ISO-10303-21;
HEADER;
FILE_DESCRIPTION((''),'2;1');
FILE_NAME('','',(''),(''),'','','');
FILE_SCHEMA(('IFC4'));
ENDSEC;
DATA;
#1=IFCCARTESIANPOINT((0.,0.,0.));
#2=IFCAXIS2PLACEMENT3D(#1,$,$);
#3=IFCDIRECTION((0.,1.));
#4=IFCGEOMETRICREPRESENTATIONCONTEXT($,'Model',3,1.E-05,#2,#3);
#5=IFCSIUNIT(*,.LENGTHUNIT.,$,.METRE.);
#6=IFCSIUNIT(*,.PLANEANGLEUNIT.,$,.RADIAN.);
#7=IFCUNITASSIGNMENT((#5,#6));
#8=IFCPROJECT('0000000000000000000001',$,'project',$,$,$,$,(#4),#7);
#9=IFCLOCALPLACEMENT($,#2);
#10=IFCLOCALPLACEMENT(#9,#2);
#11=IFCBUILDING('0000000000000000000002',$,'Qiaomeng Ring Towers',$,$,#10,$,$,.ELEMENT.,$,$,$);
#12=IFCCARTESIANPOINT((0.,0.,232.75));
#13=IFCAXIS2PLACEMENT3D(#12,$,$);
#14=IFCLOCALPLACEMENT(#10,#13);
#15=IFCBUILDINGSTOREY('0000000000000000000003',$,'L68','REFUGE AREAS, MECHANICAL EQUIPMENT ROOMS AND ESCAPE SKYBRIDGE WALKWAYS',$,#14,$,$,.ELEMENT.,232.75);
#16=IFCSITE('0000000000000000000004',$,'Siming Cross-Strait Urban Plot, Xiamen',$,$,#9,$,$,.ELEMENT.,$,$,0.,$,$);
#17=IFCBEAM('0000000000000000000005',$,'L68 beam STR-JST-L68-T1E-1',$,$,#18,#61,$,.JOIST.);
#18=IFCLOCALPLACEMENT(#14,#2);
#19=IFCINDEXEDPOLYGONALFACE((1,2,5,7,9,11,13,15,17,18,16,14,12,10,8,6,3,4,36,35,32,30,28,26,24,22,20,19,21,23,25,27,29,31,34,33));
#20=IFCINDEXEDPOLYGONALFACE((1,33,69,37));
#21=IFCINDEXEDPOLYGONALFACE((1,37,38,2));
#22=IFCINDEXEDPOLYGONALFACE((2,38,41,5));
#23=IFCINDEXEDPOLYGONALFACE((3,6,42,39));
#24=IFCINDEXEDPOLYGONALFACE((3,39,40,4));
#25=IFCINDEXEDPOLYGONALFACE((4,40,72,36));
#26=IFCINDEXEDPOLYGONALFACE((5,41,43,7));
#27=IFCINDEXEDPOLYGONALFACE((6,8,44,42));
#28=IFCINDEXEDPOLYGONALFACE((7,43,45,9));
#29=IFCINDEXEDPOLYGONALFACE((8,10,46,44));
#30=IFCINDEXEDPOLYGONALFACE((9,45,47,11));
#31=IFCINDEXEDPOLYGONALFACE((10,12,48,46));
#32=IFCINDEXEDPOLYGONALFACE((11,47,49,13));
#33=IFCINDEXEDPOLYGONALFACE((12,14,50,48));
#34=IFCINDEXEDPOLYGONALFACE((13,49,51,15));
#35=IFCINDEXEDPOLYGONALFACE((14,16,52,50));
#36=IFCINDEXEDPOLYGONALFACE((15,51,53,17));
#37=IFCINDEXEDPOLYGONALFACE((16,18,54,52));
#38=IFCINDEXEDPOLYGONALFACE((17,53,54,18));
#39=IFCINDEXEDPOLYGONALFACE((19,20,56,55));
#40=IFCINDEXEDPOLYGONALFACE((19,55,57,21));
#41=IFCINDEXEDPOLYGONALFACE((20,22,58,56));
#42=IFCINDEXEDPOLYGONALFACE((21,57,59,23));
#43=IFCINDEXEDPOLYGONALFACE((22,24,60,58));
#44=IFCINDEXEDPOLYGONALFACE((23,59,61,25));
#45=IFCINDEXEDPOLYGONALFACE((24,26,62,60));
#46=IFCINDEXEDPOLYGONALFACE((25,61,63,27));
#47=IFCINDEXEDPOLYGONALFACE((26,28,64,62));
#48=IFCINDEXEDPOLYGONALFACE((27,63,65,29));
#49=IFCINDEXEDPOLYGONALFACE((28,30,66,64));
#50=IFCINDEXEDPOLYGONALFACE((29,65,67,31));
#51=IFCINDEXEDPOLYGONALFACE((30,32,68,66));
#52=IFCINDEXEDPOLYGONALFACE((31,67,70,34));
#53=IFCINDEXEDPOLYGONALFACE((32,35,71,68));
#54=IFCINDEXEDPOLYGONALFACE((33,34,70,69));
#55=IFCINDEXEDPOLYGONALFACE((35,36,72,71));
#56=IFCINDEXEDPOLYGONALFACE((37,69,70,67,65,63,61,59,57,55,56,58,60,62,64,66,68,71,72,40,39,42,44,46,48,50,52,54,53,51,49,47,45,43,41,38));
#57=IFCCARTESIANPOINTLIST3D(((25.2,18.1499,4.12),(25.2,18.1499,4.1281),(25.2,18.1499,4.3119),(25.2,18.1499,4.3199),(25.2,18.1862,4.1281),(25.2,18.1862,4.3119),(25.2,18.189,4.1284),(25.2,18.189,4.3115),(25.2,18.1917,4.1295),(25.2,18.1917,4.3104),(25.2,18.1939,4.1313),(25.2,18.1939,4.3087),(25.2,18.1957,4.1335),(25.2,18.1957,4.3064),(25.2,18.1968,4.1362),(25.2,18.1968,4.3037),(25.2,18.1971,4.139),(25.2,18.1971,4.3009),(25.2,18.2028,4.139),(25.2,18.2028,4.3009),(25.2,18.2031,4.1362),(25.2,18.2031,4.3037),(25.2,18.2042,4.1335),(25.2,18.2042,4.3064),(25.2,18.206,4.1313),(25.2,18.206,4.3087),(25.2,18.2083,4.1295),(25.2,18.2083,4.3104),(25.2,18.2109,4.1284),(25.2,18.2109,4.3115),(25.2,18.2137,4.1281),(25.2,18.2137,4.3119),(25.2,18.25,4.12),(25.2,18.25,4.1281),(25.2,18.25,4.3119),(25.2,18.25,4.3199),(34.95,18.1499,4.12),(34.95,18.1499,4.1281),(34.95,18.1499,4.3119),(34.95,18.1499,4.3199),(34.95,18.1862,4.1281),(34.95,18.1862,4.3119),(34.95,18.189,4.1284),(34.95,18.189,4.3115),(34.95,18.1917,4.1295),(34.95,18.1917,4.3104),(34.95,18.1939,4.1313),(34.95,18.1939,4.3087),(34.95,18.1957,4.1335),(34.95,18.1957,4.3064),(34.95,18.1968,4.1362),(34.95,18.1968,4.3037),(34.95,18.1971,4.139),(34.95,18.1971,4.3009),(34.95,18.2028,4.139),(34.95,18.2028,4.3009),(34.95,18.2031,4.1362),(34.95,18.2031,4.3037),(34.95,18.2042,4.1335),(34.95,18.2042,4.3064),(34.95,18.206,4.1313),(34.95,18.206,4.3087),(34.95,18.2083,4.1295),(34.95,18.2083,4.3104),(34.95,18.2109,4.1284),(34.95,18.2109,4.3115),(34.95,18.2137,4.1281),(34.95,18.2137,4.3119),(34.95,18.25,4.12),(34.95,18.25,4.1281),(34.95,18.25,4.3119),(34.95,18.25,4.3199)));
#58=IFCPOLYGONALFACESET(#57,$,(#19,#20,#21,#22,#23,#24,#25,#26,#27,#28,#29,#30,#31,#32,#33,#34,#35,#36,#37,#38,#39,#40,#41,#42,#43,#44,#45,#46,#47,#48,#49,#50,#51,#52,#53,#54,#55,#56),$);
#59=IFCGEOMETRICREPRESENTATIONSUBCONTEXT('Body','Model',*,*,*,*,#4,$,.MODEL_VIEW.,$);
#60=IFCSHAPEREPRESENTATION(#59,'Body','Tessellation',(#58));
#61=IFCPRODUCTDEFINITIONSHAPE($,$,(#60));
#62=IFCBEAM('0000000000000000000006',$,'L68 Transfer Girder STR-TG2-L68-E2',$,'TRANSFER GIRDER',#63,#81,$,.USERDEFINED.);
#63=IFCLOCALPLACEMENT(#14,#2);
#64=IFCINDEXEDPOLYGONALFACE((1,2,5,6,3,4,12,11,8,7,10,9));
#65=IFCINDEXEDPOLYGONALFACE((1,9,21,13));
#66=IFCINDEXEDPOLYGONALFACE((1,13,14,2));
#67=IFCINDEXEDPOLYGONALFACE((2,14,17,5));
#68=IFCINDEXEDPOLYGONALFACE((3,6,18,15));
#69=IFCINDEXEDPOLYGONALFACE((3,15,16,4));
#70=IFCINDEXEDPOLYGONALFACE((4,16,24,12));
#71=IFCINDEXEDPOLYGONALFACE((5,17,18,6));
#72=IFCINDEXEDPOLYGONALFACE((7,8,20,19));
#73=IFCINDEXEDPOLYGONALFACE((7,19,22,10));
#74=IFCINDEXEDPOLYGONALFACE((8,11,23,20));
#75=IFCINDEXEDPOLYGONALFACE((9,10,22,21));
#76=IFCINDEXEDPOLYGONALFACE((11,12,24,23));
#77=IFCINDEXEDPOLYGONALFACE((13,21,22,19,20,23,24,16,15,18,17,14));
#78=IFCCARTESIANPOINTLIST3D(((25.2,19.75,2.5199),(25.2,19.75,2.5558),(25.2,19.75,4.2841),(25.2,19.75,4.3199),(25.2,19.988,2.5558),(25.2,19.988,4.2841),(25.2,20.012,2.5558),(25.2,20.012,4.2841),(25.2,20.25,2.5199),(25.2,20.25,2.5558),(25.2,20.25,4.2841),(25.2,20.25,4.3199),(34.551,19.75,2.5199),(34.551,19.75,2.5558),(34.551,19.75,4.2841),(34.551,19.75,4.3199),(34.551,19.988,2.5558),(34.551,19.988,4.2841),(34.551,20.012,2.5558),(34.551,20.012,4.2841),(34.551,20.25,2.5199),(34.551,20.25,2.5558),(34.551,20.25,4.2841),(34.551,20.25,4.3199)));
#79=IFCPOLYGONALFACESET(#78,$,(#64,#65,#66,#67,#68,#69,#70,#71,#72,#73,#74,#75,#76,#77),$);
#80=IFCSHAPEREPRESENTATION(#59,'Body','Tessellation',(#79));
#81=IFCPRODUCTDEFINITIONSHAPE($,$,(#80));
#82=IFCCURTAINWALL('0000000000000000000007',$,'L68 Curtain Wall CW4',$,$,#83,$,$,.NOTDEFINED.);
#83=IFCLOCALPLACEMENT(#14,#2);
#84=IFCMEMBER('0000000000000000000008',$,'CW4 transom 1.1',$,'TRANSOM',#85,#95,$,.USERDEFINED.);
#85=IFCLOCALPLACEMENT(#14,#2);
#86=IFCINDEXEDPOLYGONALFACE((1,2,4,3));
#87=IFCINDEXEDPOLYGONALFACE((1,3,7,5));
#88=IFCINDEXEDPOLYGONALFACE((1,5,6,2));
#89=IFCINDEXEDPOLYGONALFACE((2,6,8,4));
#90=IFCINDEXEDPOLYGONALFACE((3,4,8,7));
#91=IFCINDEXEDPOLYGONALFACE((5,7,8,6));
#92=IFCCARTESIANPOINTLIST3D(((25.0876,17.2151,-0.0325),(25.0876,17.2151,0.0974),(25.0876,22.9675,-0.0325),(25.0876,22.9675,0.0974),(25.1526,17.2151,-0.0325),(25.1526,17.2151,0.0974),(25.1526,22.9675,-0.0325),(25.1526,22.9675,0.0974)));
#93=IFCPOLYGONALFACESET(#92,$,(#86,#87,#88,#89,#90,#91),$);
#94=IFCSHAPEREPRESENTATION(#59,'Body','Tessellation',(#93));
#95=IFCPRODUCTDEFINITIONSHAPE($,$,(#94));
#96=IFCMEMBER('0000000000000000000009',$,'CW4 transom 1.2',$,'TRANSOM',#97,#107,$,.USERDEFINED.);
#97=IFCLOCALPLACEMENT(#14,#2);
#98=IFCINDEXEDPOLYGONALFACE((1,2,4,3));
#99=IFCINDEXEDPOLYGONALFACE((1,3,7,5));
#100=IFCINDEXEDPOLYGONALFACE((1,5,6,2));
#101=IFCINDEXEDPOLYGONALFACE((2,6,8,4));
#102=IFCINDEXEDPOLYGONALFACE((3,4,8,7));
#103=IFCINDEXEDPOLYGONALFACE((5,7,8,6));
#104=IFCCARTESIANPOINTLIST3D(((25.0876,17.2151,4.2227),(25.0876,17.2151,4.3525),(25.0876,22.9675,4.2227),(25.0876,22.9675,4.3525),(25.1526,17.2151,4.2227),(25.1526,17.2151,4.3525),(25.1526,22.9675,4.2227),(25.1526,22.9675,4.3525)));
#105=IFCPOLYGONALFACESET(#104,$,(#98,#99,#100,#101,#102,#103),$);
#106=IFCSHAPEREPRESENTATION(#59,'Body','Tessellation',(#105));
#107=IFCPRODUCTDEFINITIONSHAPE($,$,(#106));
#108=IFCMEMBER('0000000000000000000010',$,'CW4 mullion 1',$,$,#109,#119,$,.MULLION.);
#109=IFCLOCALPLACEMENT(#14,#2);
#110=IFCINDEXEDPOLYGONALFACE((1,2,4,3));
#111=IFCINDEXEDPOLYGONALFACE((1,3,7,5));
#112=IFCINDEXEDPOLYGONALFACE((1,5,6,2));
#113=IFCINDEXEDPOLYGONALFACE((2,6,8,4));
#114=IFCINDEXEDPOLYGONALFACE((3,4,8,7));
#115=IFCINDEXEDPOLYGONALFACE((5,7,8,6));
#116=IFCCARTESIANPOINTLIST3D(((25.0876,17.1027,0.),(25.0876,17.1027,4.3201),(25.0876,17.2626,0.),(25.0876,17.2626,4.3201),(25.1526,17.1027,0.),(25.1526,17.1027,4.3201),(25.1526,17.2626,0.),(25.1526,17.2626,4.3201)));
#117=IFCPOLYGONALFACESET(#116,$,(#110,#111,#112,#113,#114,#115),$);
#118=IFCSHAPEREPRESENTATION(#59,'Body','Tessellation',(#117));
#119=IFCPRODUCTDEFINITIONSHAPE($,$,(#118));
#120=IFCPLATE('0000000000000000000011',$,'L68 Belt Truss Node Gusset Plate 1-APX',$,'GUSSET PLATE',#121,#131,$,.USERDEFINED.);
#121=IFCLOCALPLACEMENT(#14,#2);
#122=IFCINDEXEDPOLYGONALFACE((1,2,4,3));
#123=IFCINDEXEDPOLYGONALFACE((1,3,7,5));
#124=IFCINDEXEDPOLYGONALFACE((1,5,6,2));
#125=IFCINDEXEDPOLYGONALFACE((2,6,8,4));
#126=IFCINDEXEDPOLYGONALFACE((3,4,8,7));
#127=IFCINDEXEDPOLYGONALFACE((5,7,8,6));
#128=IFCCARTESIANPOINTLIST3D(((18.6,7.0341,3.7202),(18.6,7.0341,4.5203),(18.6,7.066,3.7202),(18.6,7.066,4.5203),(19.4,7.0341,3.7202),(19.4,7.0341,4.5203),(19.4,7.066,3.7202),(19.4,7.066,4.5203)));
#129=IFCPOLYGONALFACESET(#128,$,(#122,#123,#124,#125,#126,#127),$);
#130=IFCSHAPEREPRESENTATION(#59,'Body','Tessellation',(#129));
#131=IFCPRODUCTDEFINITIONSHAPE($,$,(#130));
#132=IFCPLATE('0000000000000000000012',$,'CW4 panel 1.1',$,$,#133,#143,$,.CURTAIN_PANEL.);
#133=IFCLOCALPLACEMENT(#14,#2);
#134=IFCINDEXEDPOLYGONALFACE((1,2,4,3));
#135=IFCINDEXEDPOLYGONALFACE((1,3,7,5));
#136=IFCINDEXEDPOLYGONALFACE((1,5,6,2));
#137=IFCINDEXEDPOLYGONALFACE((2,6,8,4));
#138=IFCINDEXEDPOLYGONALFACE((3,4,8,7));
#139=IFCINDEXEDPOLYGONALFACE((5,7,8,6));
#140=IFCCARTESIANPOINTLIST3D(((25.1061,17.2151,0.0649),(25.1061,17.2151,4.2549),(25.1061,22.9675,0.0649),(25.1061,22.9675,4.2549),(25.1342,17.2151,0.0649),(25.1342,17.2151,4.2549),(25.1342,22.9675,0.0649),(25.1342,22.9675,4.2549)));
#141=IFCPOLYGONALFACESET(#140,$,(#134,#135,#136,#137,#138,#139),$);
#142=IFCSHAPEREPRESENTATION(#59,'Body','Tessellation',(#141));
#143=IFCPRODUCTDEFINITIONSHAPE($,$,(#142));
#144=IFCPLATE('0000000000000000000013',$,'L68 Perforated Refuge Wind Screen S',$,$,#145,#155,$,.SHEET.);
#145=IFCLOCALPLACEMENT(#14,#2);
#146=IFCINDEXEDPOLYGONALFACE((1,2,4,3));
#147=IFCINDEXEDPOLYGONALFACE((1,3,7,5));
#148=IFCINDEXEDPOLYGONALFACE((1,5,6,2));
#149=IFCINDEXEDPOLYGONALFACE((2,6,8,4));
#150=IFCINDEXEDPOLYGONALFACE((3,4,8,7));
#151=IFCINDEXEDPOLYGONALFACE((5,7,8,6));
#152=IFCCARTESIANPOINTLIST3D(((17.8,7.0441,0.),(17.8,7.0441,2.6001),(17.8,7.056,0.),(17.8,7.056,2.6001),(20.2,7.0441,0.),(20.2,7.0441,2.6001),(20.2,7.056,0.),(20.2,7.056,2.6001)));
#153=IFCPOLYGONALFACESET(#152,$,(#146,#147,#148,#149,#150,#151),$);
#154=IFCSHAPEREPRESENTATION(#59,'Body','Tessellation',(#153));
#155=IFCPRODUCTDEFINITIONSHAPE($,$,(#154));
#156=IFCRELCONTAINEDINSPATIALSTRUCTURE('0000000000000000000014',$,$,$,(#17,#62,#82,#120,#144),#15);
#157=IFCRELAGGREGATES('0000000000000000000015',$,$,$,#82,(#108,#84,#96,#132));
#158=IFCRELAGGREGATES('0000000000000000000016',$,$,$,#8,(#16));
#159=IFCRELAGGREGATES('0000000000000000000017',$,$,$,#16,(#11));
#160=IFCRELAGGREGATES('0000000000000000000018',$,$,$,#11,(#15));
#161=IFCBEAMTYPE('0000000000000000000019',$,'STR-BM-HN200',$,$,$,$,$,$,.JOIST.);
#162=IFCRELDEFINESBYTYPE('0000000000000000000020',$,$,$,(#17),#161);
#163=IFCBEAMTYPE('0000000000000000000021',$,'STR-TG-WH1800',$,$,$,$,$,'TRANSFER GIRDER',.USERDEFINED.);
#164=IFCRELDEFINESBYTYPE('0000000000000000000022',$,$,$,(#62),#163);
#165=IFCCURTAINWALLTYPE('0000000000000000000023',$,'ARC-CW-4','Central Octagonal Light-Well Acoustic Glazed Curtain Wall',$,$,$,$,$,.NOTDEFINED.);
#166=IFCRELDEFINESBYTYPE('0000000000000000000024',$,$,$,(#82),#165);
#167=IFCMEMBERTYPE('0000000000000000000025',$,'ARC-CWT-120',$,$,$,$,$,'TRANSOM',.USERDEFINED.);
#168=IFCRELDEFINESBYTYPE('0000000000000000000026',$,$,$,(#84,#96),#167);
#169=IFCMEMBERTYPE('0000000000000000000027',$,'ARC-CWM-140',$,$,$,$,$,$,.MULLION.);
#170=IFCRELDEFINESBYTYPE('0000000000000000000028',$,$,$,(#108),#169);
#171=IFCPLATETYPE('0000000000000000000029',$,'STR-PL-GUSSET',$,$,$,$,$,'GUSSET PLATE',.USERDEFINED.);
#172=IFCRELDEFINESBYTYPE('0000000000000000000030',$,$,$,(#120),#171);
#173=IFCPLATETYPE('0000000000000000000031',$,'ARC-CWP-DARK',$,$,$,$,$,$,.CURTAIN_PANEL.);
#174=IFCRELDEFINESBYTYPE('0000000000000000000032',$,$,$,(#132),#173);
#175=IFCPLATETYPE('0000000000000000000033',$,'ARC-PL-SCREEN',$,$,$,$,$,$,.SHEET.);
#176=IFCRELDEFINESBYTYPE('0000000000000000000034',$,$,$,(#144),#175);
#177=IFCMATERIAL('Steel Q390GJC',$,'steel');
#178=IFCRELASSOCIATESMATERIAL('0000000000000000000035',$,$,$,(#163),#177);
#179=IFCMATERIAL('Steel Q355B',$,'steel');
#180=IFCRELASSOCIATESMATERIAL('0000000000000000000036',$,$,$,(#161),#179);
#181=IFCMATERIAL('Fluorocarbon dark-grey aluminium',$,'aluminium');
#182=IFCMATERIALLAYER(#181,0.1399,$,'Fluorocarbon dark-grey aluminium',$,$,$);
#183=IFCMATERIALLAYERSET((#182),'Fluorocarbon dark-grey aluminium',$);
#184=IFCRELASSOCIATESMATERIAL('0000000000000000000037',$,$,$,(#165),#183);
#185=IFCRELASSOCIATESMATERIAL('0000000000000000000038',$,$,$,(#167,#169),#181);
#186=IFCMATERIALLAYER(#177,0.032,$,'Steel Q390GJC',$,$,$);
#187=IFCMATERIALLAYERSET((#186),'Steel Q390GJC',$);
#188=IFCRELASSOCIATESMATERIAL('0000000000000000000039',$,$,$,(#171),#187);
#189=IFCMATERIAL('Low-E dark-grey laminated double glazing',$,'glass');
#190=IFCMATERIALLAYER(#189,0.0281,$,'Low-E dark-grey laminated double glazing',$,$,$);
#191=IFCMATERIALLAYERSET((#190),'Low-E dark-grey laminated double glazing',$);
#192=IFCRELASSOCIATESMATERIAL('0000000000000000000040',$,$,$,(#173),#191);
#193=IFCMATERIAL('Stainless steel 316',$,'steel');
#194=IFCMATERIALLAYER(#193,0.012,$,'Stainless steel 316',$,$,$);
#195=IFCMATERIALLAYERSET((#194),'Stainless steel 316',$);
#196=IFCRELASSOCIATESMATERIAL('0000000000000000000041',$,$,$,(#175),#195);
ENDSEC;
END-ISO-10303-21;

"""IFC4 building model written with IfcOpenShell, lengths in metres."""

from ifc_helpers import new_model, si_unit, direction, frame, origin, origin_2d, place, context, subcontext, project, spatial, rectangle, i_section, extrude, source, transform, mapped, material, layer, layer_set, material_profile, profile_set, type_object, element, aggregate, save


model = new_model("IFC4")

# Units and contexts
model_context = context("Model", 3, precision=1e-05, world=origin(), true_north=direction((0.0, 1.0)))
body_context = subcontext(model_context, "Body", "Model", "MODEL_VIEW")
ifc_project = project(units=[si_unit("LENGTHUNIT", "METRE"), si_unit("PLANEANGLEUNIT", "RADIAN")], contexts=[model_context])

# Site, building, storey
site_placement = place(None, origin())
site = spatial("IfcSite", under=ifc_project, at=site_placement, Name="Siming Cross-Strait Urban Plot, Xiamen", CompositionType="ELEMENT", RefElevation=0.0)
building_placement = place(site_placement, origin())
building = spatial("IfcBuilding", under=site, at=building_placement, Name="Qiaomeng Ring Towers", CompositionType="ELEMENT")
storey_placement = place(building_placement, frame((0.0, 0.0, 232.75)))
storey = spatial("IfcBuildingStorey", under=building, at=storey_placement, Name="L68", Description="REFUGE AREAS, MECHANICAL EQUIPMENT ROOMS AND ESCAPE SKYBRIDGE WALKWAYS", CompositionType="ELEMENT", Elevation=232.75)

# Shared definitions
ifc_material_1 = material(Name="Steel Q390GJC", Category="steel")

# Beams
ifc_material_profile_1 = material_profile(ifc_material_1, i_section(OverallWidth=0.5, OverallDepth=1.8, WebThickness=0.0239, FlangeThickness=0.0359, at=origin_2d()), Name="WH 1800x500x24x36")
ifc_profile_set_1 = profile_set([ifc_material_profile_1], Name="Steel Q390GJC")
beam_type_1 = type_object("IfcBeamType", Name="STR-TG-WH1800", ElementType="TRANSFER GIRDER", PredefinedType="USERDEFINED", material=ifc_profile_set_1)
ifc_material_2 = material(Name="Steel Q355B", Category="steel")
ifc_material_profile_2 = material_profile(ifc_material_2, i_section(OverallWidth=0.1001, OverallDepth=0.2, WebThickness=0.0056, FlangeThickness=0.0081, FilletRadius=0.011, at=origin_2d()), Name="HN 200x100x5.5x8")
ifc_profile_set_2 = profile_set([ifc_material_profile_2], Name="Steel Q355B")
beam_type_2 = type_object("IfcBeamType", Name="STR-BM-HN200", PredefinedType="JOIST", material=ifc_profile_set_2)
shared_shape_1 = source(origin(), body_context, "Body", "SweptSolid", [
    extrude(i_section(OverallWidth=0.1001, OverallDepth=0.2, WebThickness=0.0056, FlangeThickness=0.0081, FilletRadius=0.011, at=origin_2d()), origin(), (0.0, 0.0, 1.0), 9.75),
])
beam_1_placement = place(storey_placement, frame((25.2, 18.2, 4.22), z_axis=(1.0, 0.0, 0.0), x_axis=(0.0, 1.0, 0.0)))
element("IfcBeam", 1, at=beam_1_placement, inside=storey, type_object=beam_type_2, Name="L68 beam STR-JST-L68-T1E-1", PredefinedType="JOIST", context=body_context, shape_type="MappedRepresentation", body=[
    mapped(shared_shape_1, transform((0.0, 0.0, 0.0), x_axis=(1.0, 0.0, 0.0), y_axis=(0.0, 1.0, 0.0), z_axis=(0.0, 0.0, 1.0), scale=1.0)),
])
shared_shape_2 = source(origin(), body_context, "Body", "SweptSolid", [
    extrude(i_section(OverallWidth=0.5, OverallDepth=1.8, WebThickness=0.0239, FlangeThickness=0.0359, at=origin_2d()), origin(), (0.0, 0.0, 1.0), 9.3511),
])
beam_2_placement = place(storey_placement, frame((25.2, 20.0, 3.4199), z_axis=(1.0, 0.0, 0.0), x_axis=(0.0, 1.0, 0.0)))
element("IfcBeam", 2, at=beam_2_placement, inside=storey, type_object=beam_type_1, Name="L68 Transfer Girder STR-TG2-L68-E2", ObjectType="TRANSFER GIRDER", PredefinedType="USERDEFINED", context=body_context, shape_type="MappedRepresentation", body=[
    mapped(shared_shape_2, transform((0.0, 0.0, 0.0), x_axis=(1.0, 0.0, 0.0), y_axis=(0.0, 1.0, 0.0), z_axis=(0.0, 0.0, 1.0), scale=1.0)),
])

# Curtain wall, members
ifc_material_3 = material(Name="Fluorocarbon dark-grey aluminium", Category="aluminium")
ifc_layer_1 = layer(ifc_material_3, 0.1399, Name="Fluorocarbon dark-grey aluminium")
ifc_layer_set_1 = layer_set([ifc_layer_1], Name="Fluorocarbon dark-grey aluminium")
curtain_wall_type = type_object("IfcCurtainWallType", Name="ARC-CW-4", Description="Central Octagonal Light-Well Acoustic Glazed Curtain Wall", PredefinedType="NOTDEFINED", material=ifc_layer_set_1)
curtain_wall_placement = place(storey_placement, origin())
curtain_wall = element("IfcCurtainWall", 3, at=curtain_wall_placement, inside=storey, type_object=curtain_wall_type, Name="L68 Curtain Wall CW4", PredefinedType="NOTDEFINED")
ifc_material_profile_3 = material_profile(ifc_material_3, rectangle(XDim=0.0649, YDim=0.1299, at=origin_2d()), Name="ALU TRAN 65x130")
ifc_profile_set_3 = profile_set([ifc_material_profile_3], Name="Fluorocarbon dark-grey aluminium")
member_type_1 = type_object("IfcMemberType", Name="ARC-CWT-120", ElementType="TRANSOM", PredefinedType="USERDEFINED", material=ifc_profile_set_3)
shared_shape_3 = source(origin(), body_context, "Body", "SweptSolid", [
    extrude(rectangle(XDim=0.0649, YDim=0.1299, at=origin_2d()), origin(), (0.0, 0.0, 1.0), 5.7524),
])
member_1_placement = place(storey_placement, frame((25.1201, 17.2151, 0.0325), z_axis=(0.0, 1.0, 0.0), x_axis=(-1.0, 0.0, 0.0)))
member_1 = element("IfcMember", 4, at=member_1_placement, type_object=member_type_1, Name="CW4 transom 1.1", ObjectType="TRANSOM", PredefinedType="USERDEFINED", context=body_context, shape_type="MappedRepresentation", body=[
    mapped(shared_shape_3, transform((0.0, 0.0, 0.0), x_axis=(1.0, 0.0, 0.0), y_axis=(0.0, 1.0, 0.0), z_axis=(0.0, 0.0, 1.0), scale=1.0)),
])
member_2_placement = place(storey_placement, frame((25.1201, 17.2151, 4.2876), z_axis=(0.0, 1.0, 0.0), x_axis=(-1.0, 0.0, 0.0)))
member_2 = element("IfcMember", 5, at=member_2_placement, type_object=member_type_1, Name="CW4 transom 1.2", ObjectType="TRANSOM", PredefinedType="USERDEFINED", context=body_context, shape_type="MappedRepresentation", body=[
    mapped(shared_shape_3, transform((0.0, 0.0, 0.0), x_axis=(1.0, 0.0, 0.0), y_axis=(0.0, 1.0, 0.0), z_axis=(0.0, 0.0, 1.0), scale=1.0)),
])
ifc_material_profile_4 = material_profile(ifc_material_3, rectangle(XDim=0.0649, YDim=0.1599, at=origin_2d()), Name="ALU MULL 65x160")
ifc_profile_set_4 = profile_set([ifc_material_profile_4], Name="Fluorocarbon dark-grey aluminium")
member_type_2 = type_object("IfcMemberType", Name="ARC-CWM-140", PredefinedType="MULLION", material=ifc_profile_set_4)
shared_shape_4 = source(origin(), body_context, "Body", "SweptSolid", [
    extrude(rectangle(XDim=0.0649, YDim=0.1599, at=origin_2d()), origin(), (0.0, 0.0, 1.0), 4.3201),
])
member_3_placement = place(storey_placement, frame((25.1201, 17.1826, 0.0), z_axis=(0.0, 0.0, 1.0), x_axis=(-1.0, 0.0, 0.0)))
member_3 = element("IfcMember", 6, at=member_3_placement, type_object=member_type_2, Name="CW4 mullion 1", PredefinedType="MULLION", context=body_context, shape_type="MappedRepresentation", body=[
    mapped(shared_shape_4, transform((0.0, 0.0, 0.0), x_axis=(1.0, 0.0, 0.0), y_axis=(0.0, 1.0, 0.0), z_axis=(0.0, 0.0, 1.0), scale=1.0)),
])

# Plates
ifc_layer_2 = layer(ifc_material_1, 0.032, Name="Steel Q390GJC")
ifc_layer_set_2 = layer_set([ifc_layer_2], Name="Steel Q390GJC")
plate_type_1 = type_object("IfcPlateType", Name="STR-PL-GUSSET", ElementType="GUSSET PLATE", PredefinedType="USERDEFINED", material=ifc_layer_set_2)
shared_shape_5 = source(origin(), body_context, "Body", "SweptSolid", [
    extrude(rectangle(XDim=0.8, YDim=0.032, at=origin_2d()), origin(), (0.0, 0.0, 1.0), 0.8),
])
plate_1_placement = place(storey_placement, frame((19.0, 7.05, 3.7202), z_axis=(0.0, 0.0, 1.0), x_axis=(1.0, 0.0, 0.0)))
element("IfcPlate", 7, at=plate_1_placement, inside=storey, type_object=plate_type_1, Name="L68 Belt Truss Node Gusset Plate 1-APX", ObjectType="GUSSET PLATE", PredefinedType="USERDEFINED", context=body_context, shape_type="MappedRepresentation", body=[
    mapped(shared_shape_5, transform((0.0, 0.0, 0.0), x_axis=(1.0, 0.0, 0.0), y_axis=(0.0, 1.0, 0.0), z_axis=(0.0, 0.0, 1.0), scale=1.0)),
])
ifc_material_4 = material(Name="Low-E dark-grey laminated double glazing", Category="glass")
ifc_layer_3 = layer(ifc_material_4, 0.0281, Name="Low-E dark-grey laminated double glazing")
ifc_layer_set_3 = layer_set([ifc_layer_3], Name="Low-E dark-grey laminated double glazing")
plate_type_2 = type_object("IfcPlateType", Name="ARC-CWP-DARK", PredefinedType="CURTAIN_PANEL", material=ifc_layer_set_3)
shared_shape_6 = source(origin(), body_context, "Body", "SweptSolid", [
    extrude(rectangle(XDim=5.7524, YDim=0.0281, at=origin_2d()), origin(), (0.0, 0.0, 1.0), 4.1899),
])
plate_2_placement = place(storey_placement, frame((25.1201, 20.0913, 0.0649), z_axis=(0.0, 0.0, 1.0), x_axis=(0.0, 1.0, 0.0)))
plate_2 = element("IfcPlate", 8, at=plate_2_placement, type_object=plate_type_2, Name="CW4 panel 1.1", PredefinedType="CURTAIN_PANEL", context=body_context, shape_type="MappedRepresentation", body=[
    mapped(shared_shape_6, transform((0.0, 0.0, 0.0), x_axis=(1.0, 0.0, 0.0), y_axis=(0.0, 1.0, 0.0), z_axis=(0.0, 0.0, 1.0), scale=1.0)),
])
aggregate(curtain_wall, [member_3, member_1, member_2, plate_2])
ifc_material_5 = material(Name="Stainless steel 316", Category="steel")
ifc_layer_4 = layer(ifc_material_5, 0.012, Name="Stainless steel 316")
ifc_layer_set_4 = layer_set([ifc_layer_4], Name="Stainless steel 316")
plate_type_3 = type_object("IfcPlateType", Name="ARC-PL-SCREEN", PredefinedType="SHEET", material=ifc_layer_set_4)
shared_shape_7 = source(origin(), body_context, "Body", "SweptSolid", [
    extrude(rectangle(XDim=2.3999, YDim=0.012, at=origin_2d()), origin(), (0.0, 0.0, 1.0), 2.6001),
])
plate_3_placement = place(storey_placement, frame((19.0, 7.05, 0.0), z_axis=(0.0, 0.0, 1.0), x_axis=(1.0, 0.0, 0.0)))
element("IfcPlate", 9, at=plate_3_placement, inside=storey, type_object=plate_type_3, Name="L68 Perforated Refuge Wind Screen S", PredefinedType="SHEET", context=body_context, shape_type="MappedRepresentation", body=[
    mapped(shared_shape_7, transform((0.0, 0.0, 0.0), x_axis=(1.0, 0.0, 0.0), y_axis=(0.0, 1.0, 0.0), z_axis=(0.0, 0.0, 1.0), scale=1.0)),
])

save(model, "model.ifc")
